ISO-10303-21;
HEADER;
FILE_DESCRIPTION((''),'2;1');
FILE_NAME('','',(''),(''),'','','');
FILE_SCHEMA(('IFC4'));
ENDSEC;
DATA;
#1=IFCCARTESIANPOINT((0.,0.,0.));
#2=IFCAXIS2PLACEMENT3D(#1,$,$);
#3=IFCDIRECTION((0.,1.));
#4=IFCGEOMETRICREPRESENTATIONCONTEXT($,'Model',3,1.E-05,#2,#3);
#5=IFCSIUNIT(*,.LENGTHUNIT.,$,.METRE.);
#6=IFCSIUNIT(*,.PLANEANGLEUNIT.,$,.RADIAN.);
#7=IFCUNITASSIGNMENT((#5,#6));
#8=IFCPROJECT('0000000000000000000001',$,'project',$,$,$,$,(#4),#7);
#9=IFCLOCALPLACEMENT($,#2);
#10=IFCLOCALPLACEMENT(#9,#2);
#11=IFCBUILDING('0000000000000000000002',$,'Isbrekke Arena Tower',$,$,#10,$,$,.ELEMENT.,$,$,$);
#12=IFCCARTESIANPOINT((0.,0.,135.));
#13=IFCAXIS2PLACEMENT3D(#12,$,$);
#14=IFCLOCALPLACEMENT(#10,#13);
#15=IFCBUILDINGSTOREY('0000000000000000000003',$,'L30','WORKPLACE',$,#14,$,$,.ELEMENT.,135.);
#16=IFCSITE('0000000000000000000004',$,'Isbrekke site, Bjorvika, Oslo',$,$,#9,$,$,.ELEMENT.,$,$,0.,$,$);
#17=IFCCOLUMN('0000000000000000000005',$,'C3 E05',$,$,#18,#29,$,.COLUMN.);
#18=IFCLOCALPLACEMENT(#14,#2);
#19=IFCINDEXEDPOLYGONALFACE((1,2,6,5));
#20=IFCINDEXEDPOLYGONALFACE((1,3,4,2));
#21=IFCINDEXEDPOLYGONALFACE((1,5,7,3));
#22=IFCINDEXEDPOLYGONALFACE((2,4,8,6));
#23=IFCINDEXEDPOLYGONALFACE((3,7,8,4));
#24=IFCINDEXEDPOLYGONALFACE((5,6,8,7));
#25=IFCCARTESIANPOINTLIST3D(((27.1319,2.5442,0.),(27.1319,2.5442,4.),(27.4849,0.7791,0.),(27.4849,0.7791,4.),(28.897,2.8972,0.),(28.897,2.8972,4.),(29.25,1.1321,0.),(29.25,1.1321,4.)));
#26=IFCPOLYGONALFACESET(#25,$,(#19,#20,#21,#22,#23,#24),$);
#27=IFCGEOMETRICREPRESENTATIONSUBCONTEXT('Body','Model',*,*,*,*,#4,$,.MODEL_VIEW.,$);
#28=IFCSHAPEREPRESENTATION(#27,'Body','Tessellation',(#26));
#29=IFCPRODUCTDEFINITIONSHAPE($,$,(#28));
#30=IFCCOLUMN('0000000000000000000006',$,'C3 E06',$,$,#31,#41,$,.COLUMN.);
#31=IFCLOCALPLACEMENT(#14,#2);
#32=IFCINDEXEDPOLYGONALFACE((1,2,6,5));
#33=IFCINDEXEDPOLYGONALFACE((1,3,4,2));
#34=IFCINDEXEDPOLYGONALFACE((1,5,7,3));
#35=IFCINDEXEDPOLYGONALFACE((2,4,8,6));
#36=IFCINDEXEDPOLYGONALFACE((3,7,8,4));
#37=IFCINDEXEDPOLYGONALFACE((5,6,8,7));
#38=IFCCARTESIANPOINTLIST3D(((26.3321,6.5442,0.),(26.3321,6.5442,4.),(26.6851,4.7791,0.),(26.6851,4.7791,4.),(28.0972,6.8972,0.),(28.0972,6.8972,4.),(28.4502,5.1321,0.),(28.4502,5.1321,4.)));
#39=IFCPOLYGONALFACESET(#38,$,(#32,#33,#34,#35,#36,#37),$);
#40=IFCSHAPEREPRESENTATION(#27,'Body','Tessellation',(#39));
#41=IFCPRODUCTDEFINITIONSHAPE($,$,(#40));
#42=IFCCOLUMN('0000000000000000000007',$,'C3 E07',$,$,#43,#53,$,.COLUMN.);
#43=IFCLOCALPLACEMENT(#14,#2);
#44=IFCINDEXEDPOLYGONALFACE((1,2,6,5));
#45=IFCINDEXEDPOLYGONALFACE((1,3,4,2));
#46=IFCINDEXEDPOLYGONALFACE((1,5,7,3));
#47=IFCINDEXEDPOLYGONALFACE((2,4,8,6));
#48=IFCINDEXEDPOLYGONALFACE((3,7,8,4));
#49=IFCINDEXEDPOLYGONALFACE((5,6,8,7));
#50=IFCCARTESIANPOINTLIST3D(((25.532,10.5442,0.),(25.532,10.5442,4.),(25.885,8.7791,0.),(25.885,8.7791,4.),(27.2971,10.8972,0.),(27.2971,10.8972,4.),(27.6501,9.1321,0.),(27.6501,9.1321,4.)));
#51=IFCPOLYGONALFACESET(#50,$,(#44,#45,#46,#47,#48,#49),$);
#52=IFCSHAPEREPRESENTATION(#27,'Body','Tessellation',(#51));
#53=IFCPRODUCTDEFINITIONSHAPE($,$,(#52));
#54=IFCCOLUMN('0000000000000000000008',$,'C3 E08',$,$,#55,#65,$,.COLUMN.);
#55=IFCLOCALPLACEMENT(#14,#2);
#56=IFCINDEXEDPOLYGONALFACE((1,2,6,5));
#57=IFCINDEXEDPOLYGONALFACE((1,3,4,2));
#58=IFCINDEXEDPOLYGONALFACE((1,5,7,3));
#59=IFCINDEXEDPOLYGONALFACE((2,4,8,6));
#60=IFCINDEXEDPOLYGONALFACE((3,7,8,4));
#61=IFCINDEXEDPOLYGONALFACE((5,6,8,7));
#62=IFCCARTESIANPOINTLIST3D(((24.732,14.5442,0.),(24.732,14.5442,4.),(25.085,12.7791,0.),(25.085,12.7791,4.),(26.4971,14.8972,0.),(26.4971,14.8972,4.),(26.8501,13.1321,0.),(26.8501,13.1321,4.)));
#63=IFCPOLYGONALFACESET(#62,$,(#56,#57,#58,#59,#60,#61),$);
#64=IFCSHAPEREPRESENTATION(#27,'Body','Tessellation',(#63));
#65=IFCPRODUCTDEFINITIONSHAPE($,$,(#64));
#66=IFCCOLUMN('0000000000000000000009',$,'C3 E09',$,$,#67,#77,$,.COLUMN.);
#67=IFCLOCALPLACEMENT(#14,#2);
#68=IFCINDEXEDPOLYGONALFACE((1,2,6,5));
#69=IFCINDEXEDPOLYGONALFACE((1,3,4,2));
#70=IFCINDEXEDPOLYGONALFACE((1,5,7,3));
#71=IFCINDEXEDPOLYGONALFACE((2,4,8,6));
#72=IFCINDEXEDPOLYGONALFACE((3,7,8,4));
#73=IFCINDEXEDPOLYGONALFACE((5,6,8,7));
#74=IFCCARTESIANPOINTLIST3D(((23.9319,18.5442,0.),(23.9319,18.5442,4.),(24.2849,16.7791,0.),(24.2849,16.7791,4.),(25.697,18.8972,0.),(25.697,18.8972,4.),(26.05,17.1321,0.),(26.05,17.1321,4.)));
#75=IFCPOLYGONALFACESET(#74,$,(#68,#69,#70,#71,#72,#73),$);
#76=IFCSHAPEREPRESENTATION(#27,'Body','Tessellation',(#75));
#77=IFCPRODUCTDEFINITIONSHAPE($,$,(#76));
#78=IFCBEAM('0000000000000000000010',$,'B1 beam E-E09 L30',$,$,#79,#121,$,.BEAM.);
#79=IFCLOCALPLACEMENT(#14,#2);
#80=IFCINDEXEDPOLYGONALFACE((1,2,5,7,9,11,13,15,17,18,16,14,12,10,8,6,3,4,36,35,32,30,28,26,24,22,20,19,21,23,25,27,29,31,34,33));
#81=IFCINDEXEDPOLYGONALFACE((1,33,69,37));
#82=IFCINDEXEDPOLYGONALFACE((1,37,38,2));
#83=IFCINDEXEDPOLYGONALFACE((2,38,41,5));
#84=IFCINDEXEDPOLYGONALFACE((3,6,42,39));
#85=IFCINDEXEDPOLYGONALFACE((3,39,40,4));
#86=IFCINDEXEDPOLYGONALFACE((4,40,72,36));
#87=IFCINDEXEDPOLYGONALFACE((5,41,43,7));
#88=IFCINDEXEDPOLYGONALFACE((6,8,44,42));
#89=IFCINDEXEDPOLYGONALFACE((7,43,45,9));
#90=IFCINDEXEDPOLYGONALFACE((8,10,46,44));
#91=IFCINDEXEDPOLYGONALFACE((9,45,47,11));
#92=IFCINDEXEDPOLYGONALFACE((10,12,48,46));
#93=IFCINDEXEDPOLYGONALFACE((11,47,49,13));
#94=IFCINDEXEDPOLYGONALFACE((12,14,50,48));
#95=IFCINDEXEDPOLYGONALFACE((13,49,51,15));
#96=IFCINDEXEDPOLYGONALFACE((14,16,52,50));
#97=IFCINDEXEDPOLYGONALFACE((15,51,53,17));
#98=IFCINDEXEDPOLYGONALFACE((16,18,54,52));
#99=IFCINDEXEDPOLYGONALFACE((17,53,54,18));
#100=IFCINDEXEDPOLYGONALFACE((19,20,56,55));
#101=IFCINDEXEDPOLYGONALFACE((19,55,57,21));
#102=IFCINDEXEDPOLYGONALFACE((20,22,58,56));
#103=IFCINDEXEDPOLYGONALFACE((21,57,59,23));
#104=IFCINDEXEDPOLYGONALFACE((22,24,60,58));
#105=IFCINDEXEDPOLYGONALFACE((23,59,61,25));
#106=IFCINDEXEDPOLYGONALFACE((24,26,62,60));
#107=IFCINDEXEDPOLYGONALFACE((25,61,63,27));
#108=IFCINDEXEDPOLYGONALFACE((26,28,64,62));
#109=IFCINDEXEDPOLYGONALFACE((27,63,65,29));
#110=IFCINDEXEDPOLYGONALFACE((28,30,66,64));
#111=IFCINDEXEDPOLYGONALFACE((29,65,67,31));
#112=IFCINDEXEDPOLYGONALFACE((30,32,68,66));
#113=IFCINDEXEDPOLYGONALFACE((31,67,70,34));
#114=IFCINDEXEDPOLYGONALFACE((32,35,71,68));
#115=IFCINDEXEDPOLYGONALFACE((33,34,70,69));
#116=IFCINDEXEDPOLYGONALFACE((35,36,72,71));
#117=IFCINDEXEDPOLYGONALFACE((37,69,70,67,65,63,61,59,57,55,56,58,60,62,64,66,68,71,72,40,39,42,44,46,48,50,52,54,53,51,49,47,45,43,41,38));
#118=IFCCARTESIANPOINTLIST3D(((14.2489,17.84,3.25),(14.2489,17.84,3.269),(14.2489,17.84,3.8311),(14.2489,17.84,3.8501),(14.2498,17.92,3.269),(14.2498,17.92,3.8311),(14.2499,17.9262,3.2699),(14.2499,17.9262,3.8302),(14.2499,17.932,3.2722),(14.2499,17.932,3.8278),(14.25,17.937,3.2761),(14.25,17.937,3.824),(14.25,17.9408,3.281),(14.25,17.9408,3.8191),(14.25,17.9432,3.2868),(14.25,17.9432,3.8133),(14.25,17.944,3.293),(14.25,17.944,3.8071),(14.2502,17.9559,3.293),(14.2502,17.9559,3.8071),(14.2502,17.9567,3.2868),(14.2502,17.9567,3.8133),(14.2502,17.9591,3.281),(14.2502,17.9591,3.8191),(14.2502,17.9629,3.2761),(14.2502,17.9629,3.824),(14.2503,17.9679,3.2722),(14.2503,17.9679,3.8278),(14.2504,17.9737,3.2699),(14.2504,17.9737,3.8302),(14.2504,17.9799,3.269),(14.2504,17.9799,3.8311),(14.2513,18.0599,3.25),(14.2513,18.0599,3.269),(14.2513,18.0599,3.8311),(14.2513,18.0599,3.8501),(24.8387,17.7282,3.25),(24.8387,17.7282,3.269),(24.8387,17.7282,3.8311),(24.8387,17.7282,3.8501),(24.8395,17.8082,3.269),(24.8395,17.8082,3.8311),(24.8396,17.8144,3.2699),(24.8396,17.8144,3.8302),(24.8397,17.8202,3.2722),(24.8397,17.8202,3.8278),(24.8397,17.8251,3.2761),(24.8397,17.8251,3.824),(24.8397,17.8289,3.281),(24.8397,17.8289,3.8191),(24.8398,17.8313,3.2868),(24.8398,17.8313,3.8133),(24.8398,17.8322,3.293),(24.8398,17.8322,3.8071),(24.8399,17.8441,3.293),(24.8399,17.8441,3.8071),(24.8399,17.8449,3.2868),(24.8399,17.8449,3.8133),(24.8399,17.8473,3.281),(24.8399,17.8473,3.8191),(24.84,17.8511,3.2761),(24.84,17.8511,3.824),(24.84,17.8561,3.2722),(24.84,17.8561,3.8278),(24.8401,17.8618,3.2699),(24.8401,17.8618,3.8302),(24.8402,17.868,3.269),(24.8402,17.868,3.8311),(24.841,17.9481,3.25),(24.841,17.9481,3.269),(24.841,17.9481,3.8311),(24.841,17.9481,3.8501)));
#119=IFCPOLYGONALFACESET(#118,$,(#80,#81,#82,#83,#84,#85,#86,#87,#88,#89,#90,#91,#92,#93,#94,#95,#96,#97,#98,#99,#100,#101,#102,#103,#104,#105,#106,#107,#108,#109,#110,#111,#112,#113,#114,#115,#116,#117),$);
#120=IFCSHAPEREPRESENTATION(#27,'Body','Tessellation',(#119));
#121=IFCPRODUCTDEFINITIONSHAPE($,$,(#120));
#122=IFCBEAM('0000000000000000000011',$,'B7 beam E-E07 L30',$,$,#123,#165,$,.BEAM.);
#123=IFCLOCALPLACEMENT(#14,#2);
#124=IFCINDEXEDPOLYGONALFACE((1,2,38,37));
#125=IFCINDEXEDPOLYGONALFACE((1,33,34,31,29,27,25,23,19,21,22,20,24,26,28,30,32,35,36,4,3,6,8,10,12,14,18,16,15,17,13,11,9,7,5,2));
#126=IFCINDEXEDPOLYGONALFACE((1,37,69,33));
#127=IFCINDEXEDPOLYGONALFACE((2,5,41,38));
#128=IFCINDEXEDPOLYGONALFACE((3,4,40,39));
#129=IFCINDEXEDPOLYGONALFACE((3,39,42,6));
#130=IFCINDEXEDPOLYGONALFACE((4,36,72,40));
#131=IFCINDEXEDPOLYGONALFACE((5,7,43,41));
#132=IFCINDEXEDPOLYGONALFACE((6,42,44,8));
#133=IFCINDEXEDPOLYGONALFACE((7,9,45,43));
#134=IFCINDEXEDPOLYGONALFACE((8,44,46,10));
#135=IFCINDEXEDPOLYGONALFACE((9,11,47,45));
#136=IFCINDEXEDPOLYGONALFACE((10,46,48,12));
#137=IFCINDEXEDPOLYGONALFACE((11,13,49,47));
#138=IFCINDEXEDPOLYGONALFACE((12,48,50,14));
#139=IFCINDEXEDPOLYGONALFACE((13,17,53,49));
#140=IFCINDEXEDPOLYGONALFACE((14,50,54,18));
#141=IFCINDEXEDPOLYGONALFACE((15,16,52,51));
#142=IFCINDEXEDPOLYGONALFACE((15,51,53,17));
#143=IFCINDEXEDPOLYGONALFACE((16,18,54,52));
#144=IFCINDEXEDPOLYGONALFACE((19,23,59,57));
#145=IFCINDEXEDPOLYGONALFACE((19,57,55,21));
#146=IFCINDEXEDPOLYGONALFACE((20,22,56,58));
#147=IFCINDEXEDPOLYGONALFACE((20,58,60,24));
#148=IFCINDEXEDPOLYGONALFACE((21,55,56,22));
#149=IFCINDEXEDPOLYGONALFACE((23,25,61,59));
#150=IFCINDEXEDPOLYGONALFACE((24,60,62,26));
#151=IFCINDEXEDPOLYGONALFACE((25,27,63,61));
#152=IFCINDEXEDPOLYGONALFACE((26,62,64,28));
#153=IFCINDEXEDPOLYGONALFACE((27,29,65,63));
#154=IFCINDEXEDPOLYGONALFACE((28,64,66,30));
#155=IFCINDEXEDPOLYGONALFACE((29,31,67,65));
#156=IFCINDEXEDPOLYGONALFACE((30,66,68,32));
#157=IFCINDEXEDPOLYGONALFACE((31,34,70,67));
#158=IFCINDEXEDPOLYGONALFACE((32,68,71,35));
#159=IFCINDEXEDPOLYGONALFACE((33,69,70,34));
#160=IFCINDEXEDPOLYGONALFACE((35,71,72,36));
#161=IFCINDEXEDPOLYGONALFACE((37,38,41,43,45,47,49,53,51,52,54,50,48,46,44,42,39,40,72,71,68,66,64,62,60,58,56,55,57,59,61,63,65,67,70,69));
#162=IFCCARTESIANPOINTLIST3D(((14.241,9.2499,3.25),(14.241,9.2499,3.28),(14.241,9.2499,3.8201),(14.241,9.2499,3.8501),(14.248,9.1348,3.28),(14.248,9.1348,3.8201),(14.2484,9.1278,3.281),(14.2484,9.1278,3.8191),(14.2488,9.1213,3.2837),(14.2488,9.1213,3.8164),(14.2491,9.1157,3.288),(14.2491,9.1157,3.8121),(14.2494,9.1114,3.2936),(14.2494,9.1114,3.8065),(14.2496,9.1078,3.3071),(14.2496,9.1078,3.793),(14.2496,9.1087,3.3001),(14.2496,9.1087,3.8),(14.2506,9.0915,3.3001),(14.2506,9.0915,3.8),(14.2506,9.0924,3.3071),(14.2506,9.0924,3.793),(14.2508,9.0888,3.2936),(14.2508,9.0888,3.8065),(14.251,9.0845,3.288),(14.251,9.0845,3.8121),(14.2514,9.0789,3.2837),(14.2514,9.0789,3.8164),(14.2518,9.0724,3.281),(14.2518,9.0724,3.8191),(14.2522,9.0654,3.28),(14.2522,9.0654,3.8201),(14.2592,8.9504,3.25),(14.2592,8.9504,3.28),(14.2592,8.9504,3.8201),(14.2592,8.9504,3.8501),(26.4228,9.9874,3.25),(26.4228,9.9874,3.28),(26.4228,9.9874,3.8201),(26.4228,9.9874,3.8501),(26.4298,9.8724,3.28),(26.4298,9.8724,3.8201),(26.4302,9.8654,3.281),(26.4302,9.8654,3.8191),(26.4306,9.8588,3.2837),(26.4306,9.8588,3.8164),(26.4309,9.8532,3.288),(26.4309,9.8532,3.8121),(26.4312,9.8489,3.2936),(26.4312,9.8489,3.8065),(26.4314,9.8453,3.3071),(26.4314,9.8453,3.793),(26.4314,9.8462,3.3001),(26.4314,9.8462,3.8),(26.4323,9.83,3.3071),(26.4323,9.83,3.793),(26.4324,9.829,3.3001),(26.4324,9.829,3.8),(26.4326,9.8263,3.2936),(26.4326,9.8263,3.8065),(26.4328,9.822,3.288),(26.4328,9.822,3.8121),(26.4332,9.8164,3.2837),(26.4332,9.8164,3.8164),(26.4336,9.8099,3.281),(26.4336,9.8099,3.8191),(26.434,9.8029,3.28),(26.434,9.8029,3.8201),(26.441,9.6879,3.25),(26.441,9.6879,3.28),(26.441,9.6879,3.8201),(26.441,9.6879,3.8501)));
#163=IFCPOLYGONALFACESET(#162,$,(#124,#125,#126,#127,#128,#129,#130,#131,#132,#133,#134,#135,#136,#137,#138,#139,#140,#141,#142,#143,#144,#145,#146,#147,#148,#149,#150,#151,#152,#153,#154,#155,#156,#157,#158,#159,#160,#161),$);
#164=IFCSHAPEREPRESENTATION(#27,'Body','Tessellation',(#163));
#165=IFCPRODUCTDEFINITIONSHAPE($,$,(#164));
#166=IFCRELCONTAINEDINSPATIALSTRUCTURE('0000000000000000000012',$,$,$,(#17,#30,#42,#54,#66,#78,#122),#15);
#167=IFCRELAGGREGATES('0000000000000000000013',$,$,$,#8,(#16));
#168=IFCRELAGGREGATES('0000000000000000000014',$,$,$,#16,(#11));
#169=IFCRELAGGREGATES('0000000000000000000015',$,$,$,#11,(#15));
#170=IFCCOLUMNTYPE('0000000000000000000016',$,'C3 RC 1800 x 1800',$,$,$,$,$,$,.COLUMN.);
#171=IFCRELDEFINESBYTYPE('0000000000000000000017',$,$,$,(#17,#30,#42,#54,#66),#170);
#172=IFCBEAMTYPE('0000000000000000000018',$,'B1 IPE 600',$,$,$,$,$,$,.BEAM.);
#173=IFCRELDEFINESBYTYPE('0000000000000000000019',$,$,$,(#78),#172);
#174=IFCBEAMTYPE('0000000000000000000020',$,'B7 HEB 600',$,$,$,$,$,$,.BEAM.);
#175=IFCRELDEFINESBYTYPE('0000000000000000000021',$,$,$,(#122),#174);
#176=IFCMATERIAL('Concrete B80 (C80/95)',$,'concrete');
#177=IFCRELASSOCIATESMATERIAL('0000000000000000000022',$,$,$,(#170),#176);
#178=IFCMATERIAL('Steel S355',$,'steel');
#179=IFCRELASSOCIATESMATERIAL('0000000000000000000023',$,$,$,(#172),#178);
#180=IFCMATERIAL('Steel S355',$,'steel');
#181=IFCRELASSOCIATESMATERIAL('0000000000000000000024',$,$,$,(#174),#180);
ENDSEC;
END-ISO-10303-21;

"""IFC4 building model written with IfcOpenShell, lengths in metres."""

from ifc_helpers import new_model, si_unit, direction, frame, origin, origin_2d, place, context, subcontext, project, spatial, rectangle, i_section, extrude, material, material_profile, profile_set, type_object, element, save


model = new_model("IFC4")

# Units and contexts
model_context = context("Model", 3, precision=1e-05, world=origin(), true_north=direction((0.0, 1.0)))
body_context = subcontext(model_context, "Body", "Model", "MODEL_VIEW")
ifc_project = project(units=[si_unit("LENGTHUNIT", "METRE"), si_unit("PLANEANGLEUNIT", "RADIAN")], contexts=[model_context])

# Site, building, storey
site_placement = place(None, origin())
site = spatial("IfcSite", under=ifc_project, at=site_placement, Name="Isbrekke site, Bjorvika, Oslo", CompositionType="ELEMENT", RefElevation=0.0)
building_placement = place(site_placement, origin())
building = spatial("IfcBuilding", under=site, at=building_placement, Name="Isbrekke Arena Tower", CompositionType="ELEMENT")
storey_placement = place(building_placement, frame((0.0, 0.0, 135.0)))
storey = spatial("IfcBuildingStorey", under=building, at=storey_placement, Name="L30", Description="WORKPLACE", CompositionType="ELEMENT", Elevation=135.0)

# Columns
ifc_material_1 = material(Name="Concrete B80 (C80/95)", Category="concrete")
ifc_material_profile_1 = material_profile(ifc_material_1, rectangle(XDim=1.8, YDim=1.8, at=origin_2d()), Name="RC 1800x1800")
ifc_profile_set_1 = profile_set([ifc_material_profile_1], Name="Concrete B80 (C80/95)")
column_type = type_object("IfcColumnType", Name="C3 RC 1800 x 1800", PredefinedType="COLUMN", material=ifc_profile_set_1)
for number, where, z_axis, x_axis, name in (
    (1, (28.1909, 1.8381, 0.0), (0.0, 0.0, 1.0), (-0.196116, 0.980581, 0.0), "C3 E05"),
    (2, (27.3911, 5.8381, 0.0), (0.0, 0.0, 1.0), (-0.196116, 0.980581, 0.0), "C3 E06"),
    (3, (26.5911, 9.8381, 0.0), (0.0, 0.0, 1.0), (-0.196116, 0.980581, 0.0), "C3 E07"),
    (4, (25.791, 13.8381, 0.0), (0.0, 0.0, 1.0), (-0.196116, 0.980581, 0.0), "C3 E08"),
    (5, (24.991, 17.8381, 0.0), (0.0, 0.0, 1.0), (-0.196116, 0.980581, 0.0), "C3 E09"),
):
    element("IfcColumn", number, at=place(storey_placement, frame(where, z_axis=z_axis, x_axis=x_axis)), inside=storey, type_object=column_type, Name=name, PredefinedType="COLUMN", context=body_context, shape_type="SweptSolid", body=[
        extrude(rectangle(XDim=1.8, YDim=1.8, at=origin_2d()), origin(), (0.0, 0.0, 1.0), 4.0),
    ])

# Beams
ifc_material_2 = material(Name="Steel S355", Category="steel")
ifc_material_profile_2 = material_profile(ifc_material_2, i_section(OverallWidth=0.22, OverallDepth=0.6001, WebThickness=0.012, FlangeThickness=0.019, FilletRadius=0.0239, at=origin_2d()), Name="IPE 600")
ifc_profile_set_2 = profile_set([ifc_material_profile_2], Name="Steel S355")
beam_type_1 = type_object("IfcBeamType", Name="B1 IPE 600", PredefinedType="BEAM", material=ifc_profile_set_2)
beam_1_placement = place(storey_placement, frame((24.8398, 17.8381, 3.55), z_axis=(-0.999944, 0.010558, 0.0), x_axis=(-0.010558, -0.999944, 0.0)))
element("IfcBeam", 6, at=beam_1_placement, inside=storey, type_object=beam_type_1, Name="B1 beam E-E09 L30", PredefinedType="BEAM", context=body_context, shape_type="SweptSolid", body=[
    extrude(i_section(OverallWidth=0.22, OverallDepth=0.6001, WebThickness=0.012, FlangeThickness=0.019, FilletRadius=0.0239, at=origin_2d()), origin(), (0.0, 0.0, 1.0), 10.5903),
])
ifc_material_3 = material(Name="Steel S355", Category="steel")
ifc_material_profile_3 = material_profile(ifc_material_3, i_section(OverallWidth=0.3, OverallDepth=0.6001, WebThickness=0.0154, FlangeThickness=0.03, FilletRadius=0.0271, at=origin_2d()), Name="HEB 600")
ifc_profile_set_3 = profile_set([ifc_material_profile_3], Name="Steel S355")
beam_type_2 = type_object("IfcBeamType", Name="B7 HEB 600", PredefinedType="BEAM", material=ifc_profile_set_3)
beam_2_placement = place(storey_placement, frame((26.4319, 9.8376, 3.55), z_axis=(-0.998172, -0.060434, 0.0), x_axis=(0.060434, -0.998172, 0.0)))
element("IfcBeam", 7, at=beam_2_placement, inside=storey, type_object=beam_type_2, Name="B7 beam E-E07 L30", PredefinedType="BEAM", context=body_context, shape_type="SweptSolid", body=[
    extrude(i_section(OverallWidth=0.3, OverallDepth=0.6001, WebThickness=0.0154, FlangeThickness=0.03, FilletRadius=0.0271, at=origin_2d()), origin(), (0.0, 0.0, 1.0), 12.2041),
])

save(model, "model.ifc")
